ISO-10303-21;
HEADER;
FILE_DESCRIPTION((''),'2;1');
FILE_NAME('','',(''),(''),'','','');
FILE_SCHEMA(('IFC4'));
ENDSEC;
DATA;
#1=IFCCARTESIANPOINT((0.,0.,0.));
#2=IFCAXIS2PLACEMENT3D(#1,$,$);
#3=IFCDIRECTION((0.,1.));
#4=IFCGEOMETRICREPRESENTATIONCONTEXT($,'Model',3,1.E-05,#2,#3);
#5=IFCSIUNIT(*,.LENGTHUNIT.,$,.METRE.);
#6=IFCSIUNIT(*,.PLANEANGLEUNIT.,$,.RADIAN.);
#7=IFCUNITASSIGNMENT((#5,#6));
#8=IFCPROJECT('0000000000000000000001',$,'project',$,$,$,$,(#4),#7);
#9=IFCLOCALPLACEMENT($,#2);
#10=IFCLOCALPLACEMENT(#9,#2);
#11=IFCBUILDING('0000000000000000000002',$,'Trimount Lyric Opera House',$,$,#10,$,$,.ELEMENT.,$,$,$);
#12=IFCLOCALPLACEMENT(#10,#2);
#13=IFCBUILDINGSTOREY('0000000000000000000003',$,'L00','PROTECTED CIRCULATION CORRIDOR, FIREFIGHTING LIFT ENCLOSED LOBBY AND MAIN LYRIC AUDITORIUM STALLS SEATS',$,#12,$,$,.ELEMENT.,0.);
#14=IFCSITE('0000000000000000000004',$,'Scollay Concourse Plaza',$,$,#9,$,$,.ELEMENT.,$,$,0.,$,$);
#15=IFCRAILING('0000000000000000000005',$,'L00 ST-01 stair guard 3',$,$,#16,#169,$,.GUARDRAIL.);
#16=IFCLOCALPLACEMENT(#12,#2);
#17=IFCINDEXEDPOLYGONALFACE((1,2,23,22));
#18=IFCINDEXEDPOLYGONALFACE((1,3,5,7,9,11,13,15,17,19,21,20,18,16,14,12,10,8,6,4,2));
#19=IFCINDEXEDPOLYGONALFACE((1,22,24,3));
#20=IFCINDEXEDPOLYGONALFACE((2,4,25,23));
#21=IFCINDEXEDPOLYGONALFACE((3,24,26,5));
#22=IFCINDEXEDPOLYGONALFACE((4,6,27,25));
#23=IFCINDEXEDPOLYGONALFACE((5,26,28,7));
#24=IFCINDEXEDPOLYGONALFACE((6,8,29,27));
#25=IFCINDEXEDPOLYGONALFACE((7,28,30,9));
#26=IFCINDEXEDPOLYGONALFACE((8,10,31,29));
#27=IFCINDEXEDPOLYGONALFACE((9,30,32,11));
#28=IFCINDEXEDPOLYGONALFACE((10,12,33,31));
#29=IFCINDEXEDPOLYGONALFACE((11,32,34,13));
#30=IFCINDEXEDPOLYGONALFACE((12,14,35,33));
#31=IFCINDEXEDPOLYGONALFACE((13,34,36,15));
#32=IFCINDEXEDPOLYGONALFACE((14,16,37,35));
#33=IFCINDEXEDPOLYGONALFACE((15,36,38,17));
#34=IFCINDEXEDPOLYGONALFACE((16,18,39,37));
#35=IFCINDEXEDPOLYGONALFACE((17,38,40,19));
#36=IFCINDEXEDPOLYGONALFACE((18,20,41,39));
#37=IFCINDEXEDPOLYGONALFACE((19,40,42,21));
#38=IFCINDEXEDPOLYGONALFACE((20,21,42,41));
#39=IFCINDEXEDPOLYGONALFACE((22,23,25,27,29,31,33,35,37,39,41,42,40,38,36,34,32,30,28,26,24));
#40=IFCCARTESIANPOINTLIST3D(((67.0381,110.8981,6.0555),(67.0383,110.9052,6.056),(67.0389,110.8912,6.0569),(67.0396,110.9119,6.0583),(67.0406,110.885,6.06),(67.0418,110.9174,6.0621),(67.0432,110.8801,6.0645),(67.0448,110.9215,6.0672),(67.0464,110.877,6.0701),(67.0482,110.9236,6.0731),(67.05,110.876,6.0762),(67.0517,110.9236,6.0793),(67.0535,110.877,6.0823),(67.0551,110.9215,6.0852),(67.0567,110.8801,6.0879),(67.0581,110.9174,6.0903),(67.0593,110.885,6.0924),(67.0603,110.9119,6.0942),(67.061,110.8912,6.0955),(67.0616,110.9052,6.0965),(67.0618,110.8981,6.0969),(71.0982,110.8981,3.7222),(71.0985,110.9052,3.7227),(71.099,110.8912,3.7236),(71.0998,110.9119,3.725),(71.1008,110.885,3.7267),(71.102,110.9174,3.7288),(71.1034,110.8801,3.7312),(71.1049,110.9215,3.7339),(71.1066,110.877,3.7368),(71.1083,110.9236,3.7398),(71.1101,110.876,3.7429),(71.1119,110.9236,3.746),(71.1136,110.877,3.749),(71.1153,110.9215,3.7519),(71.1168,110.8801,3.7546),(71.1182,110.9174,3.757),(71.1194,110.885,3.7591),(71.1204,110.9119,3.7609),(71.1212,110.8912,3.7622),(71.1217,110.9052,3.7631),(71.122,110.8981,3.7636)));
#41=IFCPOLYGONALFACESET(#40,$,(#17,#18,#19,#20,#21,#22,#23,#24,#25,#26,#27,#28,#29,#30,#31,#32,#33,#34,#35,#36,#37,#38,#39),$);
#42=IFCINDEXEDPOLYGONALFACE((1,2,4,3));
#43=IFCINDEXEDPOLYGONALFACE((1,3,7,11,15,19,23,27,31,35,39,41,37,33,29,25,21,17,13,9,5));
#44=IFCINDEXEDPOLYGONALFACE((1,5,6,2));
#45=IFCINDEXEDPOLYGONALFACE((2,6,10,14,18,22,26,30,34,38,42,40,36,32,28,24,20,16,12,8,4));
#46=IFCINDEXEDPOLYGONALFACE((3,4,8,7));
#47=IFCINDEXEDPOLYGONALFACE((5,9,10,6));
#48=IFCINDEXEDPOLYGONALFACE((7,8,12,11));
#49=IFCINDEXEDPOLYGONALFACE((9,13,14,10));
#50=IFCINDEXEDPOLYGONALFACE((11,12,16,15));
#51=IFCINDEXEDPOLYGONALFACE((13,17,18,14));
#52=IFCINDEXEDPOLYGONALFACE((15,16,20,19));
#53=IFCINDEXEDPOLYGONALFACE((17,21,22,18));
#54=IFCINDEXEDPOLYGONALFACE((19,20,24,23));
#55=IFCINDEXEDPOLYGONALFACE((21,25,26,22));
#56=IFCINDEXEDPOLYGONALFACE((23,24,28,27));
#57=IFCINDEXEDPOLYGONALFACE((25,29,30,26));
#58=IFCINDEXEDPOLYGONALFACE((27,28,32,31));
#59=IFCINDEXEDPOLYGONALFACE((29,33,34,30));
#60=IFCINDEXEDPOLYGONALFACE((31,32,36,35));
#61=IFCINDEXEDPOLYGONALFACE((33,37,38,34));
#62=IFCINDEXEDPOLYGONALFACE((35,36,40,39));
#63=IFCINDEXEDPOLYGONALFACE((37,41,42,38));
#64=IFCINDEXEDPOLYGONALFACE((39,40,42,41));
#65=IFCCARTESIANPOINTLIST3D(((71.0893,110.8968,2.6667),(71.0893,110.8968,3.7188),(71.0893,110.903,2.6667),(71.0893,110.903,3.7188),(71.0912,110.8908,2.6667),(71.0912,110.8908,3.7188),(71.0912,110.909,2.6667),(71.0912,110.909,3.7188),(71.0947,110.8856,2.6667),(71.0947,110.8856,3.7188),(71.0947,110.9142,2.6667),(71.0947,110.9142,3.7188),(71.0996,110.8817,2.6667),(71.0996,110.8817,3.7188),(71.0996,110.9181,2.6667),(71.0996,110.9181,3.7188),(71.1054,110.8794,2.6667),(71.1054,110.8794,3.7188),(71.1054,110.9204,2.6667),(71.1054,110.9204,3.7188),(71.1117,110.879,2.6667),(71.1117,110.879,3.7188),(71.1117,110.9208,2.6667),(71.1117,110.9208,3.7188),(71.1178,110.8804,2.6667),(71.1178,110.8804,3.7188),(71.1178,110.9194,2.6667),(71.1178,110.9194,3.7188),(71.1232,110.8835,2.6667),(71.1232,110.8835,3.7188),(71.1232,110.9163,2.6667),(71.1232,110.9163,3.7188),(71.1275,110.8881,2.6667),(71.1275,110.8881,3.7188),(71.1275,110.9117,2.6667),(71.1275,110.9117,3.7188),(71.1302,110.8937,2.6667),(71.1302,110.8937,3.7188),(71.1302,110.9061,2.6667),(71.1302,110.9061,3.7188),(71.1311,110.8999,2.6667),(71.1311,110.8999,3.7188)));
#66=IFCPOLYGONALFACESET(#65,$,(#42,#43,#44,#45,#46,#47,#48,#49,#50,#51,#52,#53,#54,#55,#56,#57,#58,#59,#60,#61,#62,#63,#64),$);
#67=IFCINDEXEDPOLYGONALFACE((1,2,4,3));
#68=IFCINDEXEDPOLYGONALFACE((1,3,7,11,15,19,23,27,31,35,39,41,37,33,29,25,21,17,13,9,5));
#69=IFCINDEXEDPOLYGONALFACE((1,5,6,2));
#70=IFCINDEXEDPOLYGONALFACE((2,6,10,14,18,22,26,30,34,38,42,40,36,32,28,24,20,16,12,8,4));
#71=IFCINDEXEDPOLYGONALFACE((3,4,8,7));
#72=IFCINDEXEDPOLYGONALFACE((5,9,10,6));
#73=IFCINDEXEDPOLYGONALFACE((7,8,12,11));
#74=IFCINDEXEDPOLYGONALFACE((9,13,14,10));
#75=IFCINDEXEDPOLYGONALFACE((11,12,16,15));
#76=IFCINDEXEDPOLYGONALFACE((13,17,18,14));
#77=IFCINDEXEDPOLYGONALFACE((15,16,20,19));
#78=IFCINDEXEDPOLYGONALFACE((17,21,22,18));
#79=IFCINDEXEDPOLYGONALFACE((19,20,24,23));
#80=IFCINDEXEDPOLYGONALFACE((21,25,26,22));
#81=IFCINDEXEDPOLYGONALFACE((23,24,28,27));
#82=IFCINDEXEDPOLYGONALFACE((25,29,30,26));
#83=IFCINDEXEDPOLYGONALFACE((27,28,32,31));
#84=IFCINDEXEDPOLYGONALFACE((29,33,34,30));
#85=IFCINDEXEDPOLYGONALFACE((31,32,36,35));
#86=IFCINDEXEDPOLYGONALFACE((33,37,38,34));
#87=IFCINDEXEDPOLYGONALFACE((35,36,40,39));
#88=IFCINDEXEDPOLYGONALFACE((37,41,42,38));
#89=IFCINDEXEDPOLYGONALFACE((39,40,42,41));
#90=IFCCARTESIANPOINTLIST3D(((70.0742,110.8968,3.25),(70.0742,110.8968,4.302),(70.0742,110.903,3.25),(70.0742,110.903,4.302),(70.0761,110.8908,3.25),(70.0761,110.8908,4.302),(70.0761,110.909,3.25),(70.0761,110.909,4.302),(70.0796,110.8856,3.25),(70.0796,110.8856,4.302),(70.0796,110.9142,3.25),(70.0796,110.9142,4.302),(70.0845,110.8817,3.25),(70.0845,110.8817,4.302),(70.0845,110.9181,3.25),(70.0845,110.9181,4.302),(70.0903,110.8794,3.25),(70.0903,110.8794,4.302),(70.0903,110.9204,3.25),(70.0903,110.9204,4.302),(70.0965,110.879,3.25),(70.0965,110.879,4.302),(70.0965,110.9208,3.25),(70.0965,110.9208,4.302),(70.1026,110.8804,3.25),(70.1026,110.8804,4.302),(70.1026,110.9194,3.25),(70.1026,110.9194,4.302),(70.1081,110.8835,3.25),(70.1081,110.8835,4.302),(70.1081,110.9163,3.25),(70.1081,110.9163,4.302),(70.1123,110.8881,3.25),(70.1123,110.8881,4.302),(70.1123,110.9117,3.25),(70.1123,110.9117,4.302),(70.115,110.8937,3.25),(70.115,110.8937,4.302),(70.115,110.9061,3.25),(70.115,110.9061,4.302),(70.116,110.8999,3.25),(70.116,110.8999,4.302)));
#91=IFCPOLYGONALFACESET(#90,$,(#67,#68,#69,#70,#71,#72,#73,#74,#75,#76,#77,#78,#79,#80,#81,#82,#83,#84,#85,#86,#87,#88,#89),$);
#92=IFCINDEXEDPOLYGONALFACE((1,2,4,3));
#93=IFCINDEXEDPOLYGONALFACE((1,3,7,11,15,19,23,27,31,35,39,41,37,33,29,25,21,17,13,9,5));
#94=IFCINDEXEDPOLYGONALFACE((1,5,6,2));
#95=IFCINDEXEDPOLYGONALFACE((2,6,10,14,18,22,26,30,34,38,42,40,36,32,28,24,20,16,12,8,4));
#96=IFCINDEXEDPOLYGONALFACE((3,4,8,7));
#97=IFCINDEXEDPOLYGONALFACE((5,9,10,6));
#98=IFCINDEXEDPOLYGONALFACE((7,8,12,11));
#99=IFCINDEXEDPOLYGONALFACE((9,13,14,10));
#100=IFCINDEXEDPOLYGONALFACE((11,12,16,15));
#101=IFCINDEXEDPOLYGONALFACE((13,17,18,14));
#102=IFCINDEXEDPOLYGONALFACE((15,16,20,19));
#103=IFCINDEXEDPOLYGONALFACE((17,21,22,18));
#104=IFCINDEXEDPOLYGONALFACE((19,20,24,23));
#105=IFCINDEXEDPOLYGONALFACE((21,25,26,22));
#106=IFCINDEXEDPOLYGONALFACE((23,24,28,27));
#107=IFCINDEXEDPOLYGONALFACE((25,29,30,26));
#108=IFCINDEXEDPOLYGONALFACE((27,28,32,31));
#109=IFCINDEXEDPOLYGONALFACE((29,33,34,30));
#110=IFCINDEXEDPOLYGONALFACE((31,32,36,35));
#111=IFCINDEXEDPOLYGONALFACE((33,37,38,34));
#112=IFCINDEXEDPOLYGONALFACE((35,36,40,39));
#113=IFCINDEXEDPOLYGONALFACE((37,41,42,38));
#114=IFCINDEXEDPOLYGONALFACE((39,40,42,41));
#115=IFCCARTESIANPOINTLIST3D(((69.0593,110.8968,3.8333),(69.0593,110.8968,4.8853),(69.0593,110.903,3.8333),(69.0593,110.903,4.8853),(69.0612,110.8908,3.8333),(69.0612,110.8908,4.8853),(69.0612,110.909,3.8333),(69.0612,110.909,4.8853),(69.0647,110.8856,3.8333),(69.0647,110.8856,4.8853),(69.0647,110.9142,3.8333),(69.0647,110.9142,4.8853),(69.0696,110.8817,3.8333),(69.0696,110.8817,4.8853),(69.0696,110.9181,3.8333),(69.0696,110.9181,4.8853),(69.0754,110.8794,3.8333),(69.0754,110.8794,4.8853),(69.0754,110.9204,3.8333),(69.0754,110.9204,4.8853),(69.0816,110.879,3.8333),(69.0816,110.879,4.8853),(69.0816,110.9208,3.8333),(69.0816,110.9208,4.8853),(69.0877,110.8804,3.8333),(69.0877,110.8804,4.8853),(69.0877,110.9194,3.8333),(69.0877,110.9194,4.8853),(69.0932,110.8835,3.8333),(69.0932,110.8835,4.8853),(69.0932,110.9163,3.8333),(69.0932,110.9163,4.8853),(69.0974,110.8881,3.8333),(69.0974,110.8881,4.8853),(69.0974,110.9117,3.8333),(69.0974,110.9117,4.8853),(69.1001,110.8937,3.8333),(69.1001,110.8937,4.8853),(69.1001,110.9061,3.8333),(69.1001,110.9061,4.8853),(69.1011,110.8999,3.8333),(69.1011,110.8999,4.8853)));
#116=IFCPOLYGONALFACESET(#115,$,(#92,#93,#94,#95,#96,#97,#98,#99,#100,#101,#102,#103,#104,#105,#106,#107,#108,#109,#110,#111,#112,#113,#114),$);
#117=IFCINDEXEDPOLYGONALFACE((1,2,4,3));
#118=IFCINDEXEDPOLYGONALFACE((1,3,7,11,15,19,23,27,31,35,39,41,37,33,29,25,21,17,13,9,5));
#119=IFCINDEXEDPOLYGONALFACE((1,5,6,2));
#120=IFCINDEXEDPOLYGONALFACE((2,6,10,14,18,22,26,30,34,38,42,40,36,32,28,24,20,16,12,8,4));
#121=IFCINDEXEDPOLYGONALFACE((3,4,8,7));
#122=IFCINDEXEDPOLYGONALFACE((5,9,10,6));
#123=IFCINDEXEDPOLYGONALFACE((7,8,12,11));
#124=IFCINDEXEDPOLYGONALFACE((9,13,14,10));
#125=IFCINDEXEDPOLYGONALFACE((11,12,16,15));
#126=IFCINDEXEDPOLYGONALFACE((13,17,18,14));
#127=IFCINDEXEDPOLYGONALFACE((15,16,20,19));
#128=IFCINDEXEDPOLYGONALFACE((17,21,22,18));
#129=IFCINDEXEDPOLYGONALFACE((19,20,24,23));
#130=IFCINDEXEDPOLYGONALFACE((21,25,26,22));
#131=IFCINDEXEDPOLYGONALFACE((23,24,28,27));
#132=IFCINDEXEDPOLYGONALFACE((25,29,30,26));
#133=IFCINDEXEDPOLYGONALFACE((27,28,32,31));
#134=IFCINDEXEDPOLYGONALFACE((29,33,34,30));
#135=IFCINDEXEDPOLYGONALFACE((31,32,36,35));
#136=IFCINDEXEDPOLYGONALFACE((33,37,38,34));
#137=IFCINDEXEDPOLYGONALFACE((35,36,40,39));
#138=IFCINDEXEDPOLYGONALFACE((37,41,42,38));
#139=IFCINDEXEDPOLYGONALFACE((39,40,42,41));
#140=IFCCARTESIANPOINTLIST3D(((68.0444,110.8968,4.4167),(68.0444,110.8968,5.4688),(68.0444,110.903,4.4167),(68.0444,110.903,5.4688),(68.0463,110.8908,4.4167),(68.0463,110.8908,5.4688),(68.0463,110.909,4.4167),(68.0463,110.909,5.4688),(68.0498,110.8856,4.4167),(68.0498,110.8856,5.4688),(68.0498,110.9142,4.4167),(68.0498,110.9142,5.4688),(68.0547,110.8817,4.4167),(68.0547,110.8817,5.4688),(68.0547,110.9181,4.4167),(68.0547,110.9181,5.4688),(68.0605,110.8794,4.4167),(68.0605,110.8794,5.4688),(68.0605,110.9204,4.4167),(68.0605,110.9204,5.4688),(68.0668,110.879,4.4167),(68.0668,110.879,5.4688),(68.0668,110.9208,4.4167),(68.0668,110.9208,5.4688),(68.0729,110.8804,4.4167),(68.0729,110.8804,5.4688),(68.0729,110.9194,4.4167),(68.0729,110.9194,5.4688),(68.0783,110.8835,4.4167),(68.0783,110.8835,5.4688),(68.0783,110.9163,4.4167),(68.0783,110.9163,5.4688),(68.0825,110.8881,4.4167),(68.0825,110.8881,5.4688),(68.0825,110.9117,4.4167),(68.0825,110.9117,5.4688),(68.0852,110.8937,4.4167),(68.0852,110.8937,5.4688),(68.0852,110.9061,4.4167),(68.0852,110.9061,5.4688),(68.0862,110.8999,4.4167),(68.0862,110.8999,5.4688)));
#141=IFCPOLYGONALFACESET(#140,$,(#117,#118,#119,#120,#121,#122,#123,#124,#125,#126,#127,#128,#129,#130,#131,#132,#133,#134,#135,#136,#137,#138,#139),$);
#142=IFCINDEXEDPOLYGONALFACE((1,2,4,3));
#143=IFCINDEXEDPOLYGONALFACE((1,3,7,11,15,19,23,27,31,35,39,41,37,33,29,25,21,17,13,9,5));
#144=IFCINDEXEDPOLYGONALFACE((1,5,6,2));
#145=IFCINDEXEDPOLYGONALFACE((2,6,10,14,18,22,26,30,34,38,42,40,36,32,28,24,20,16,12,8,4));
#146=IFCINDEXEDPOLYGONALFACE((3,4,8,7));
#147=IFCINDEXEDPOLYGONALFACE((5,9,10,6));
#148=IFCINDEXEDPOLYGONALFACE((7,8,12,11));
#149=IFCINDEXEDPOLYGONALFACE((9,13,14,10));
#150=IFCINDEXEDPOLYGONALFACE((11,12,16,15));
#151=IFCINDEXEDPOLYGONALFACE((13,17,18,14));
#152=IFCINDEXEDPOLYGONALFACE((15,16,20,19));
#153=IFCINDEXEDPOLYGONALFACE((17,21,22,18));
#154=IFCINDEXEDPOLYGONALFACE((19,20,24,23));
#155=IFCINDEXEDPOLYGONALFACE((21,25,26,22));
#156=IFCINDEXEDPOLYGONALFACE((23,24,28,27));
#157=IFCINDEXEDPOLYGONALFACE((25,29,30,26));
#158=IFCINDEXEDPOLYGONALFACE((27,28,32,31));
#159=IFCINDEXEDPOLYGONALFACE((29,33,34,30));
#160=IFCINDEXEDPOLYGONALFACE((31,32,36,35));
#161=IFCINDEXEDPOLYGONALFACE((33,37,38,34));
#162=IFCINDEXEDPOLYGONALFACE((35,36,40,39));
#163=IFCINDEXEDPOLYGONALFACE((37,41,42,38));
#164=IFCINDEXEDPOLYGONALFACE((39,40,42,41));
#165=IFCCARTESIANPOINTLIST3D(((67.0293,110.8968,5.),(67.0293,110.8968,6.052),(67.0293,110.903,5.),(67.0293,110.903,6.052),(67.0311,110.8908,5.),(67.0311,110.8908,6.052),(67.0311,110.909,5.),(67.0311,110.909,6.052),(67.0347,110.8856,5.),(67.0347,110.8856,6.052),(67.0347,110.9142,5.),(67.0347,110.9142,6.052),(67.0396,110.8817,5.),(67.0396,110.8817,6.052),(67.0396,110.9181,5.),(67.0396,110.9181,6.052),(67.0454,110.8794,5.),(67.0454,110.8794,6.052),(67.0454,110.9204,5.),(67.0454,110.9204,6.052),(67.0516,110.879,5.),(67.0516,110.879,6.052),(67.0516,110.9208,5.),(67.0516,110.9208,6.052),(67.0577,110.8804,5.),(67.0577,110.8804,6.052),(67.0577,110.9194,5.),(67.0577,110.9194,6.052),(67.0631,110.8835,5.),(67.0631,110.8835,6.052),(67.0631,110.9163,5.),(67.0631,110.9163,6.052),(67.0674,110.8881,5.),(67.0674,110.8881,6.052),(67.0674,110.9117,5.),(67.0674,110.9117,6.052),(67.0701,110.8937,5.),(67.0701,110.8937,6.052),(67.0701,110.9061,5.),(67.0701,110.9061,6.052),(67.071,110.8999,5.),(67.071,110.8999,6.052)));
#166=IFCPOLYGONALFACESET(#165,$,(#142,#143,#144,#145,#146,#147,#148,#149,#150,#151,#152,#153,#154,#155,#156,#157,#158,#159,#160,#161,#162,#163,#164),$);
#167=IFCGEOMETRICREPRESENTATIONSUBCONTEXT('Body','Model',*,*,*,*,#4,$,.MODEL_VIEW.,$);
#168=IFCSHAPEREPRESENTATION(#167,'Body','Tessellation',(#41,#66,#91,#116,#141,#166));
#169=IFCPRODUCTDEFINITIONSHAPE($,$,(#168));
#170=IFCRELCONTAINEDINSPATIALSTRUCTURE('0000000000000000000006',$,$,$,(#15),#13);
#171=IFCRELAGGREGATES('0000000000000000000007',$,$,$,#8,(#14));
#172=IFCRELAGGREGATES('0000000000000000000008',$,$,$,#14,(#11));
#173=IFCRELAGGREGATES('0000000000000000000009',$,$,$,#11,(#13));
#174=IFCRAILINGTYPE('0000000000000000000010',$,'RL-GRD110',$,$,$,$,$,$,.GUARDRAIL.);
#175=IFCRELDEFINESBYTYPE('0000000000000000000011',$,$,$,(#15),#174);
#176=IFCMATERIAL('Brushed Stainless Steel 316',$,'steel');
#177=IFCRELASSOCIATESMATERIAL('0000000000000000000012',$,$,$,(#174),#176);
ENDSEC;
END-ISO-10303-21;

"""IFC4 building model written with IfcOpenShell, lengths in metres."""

from ifc_helpers import new_model, si_unit, direction, frame, origin, origin_2d, place, context, subcontext, project, spatial, circle, extrude, material, type_object, element, save


model = new_model("IFC4")

# Units and contexts
model_context = context("Model", 3, precision=1e-05, world=origin(), true_north=direction((0.0, 1.0)))
body_context = subcontext(model_context, "Body", "Model", "MODEL_VIEW")
ifc_project = project(units=[si_unit("LENGTHUNIT", "METRE"), si_unit("PLANEANGLEUNIT", "RADIAN")], contexts=[model_context])

# Site, building, storey
site_placement = place(None, origin())
site = spatial("IfcSite", under=ifc_project, at=site_placement, Name="Scollay Concourse Plaza", CompositionType="ELEMENT", RefElevation=0.0)
building_placement = place(site_placement, origin())
building = spatial("IfcBuilding", under=site, at=building_placement, Name="Trimount Lyric Opera House", CompositionType="ELEMENT")
storey_placement = place(building_placement, origin())
storey = spatial("IfcBuildingStorey", under=building, at=storey_placement, Name="L00", Description="PROTECTED CIRCULATION CORRIDOR, FIREFIGHTING LIFT ENCLOSED LOBBY AND MAIN LYRIC AUDITORIUM STALLS SEATS", CompositionType="ELEMENT", Elevation=0.0)

# Railing
ifc_material_1 = material(Name="Brushed Stainless Steel 316", Category="steel")
railing_type_1 = type_object("IfcRailingType", Name="RL-GRD110", PredefinedType="GUARDRAIL", material=ifc_material_1)
railing_1_placement = place(storey_placement, frame((71.1101, 110.8999, 2.6667)))
element("IfcRailing", 1, at=railing_1_placement, inside=storey, type_object=railing_type_1, Name="L00 ST-01 stair guard 3", PredefinedType="GUARDRAIL", context=body_context, shape_type="SweptSolid", body=[
    extrude(circle(Radius=0.0239, at=origin_2d()), frame((0.0, 0.0, 1.0762), z_axis=(-0.867025, 0.0, 0.498265), x_axis=(0.0, -1.0, 0.0)), (0.0, 0.0, 1.0), 4.6829),
    extrude(circle(Radius=0.021, at=origin_2d()), origin(), (0.0, 0.0, 1.0), 1.052),
    extrude(circle(Radius=0.021, at=origin_2d()), frame((-1.0151, 0.0, 0.5833)), (0.0, 0.0, 1.0), 1.052),
    extrude(circle(Radius=0.021, at=origin_2d()), frame((-2.03, 0.0, 1.1665)), (0.0, 0.0, 1.0), 1.052),
    extrude(circle(Radius=0.021, at=origin_2d()), frame((-3.0449, 0.0, 1.75)), (0.0, 0.0, 1.0), 1.052),
    extrude(circle(Radius=0.021, at=origin_2d()), frame((-4.0601, 0.0, 2.3333)), (0.0, 0.0, 1.0), 1.052),
])

save(model, "model.ifc")
